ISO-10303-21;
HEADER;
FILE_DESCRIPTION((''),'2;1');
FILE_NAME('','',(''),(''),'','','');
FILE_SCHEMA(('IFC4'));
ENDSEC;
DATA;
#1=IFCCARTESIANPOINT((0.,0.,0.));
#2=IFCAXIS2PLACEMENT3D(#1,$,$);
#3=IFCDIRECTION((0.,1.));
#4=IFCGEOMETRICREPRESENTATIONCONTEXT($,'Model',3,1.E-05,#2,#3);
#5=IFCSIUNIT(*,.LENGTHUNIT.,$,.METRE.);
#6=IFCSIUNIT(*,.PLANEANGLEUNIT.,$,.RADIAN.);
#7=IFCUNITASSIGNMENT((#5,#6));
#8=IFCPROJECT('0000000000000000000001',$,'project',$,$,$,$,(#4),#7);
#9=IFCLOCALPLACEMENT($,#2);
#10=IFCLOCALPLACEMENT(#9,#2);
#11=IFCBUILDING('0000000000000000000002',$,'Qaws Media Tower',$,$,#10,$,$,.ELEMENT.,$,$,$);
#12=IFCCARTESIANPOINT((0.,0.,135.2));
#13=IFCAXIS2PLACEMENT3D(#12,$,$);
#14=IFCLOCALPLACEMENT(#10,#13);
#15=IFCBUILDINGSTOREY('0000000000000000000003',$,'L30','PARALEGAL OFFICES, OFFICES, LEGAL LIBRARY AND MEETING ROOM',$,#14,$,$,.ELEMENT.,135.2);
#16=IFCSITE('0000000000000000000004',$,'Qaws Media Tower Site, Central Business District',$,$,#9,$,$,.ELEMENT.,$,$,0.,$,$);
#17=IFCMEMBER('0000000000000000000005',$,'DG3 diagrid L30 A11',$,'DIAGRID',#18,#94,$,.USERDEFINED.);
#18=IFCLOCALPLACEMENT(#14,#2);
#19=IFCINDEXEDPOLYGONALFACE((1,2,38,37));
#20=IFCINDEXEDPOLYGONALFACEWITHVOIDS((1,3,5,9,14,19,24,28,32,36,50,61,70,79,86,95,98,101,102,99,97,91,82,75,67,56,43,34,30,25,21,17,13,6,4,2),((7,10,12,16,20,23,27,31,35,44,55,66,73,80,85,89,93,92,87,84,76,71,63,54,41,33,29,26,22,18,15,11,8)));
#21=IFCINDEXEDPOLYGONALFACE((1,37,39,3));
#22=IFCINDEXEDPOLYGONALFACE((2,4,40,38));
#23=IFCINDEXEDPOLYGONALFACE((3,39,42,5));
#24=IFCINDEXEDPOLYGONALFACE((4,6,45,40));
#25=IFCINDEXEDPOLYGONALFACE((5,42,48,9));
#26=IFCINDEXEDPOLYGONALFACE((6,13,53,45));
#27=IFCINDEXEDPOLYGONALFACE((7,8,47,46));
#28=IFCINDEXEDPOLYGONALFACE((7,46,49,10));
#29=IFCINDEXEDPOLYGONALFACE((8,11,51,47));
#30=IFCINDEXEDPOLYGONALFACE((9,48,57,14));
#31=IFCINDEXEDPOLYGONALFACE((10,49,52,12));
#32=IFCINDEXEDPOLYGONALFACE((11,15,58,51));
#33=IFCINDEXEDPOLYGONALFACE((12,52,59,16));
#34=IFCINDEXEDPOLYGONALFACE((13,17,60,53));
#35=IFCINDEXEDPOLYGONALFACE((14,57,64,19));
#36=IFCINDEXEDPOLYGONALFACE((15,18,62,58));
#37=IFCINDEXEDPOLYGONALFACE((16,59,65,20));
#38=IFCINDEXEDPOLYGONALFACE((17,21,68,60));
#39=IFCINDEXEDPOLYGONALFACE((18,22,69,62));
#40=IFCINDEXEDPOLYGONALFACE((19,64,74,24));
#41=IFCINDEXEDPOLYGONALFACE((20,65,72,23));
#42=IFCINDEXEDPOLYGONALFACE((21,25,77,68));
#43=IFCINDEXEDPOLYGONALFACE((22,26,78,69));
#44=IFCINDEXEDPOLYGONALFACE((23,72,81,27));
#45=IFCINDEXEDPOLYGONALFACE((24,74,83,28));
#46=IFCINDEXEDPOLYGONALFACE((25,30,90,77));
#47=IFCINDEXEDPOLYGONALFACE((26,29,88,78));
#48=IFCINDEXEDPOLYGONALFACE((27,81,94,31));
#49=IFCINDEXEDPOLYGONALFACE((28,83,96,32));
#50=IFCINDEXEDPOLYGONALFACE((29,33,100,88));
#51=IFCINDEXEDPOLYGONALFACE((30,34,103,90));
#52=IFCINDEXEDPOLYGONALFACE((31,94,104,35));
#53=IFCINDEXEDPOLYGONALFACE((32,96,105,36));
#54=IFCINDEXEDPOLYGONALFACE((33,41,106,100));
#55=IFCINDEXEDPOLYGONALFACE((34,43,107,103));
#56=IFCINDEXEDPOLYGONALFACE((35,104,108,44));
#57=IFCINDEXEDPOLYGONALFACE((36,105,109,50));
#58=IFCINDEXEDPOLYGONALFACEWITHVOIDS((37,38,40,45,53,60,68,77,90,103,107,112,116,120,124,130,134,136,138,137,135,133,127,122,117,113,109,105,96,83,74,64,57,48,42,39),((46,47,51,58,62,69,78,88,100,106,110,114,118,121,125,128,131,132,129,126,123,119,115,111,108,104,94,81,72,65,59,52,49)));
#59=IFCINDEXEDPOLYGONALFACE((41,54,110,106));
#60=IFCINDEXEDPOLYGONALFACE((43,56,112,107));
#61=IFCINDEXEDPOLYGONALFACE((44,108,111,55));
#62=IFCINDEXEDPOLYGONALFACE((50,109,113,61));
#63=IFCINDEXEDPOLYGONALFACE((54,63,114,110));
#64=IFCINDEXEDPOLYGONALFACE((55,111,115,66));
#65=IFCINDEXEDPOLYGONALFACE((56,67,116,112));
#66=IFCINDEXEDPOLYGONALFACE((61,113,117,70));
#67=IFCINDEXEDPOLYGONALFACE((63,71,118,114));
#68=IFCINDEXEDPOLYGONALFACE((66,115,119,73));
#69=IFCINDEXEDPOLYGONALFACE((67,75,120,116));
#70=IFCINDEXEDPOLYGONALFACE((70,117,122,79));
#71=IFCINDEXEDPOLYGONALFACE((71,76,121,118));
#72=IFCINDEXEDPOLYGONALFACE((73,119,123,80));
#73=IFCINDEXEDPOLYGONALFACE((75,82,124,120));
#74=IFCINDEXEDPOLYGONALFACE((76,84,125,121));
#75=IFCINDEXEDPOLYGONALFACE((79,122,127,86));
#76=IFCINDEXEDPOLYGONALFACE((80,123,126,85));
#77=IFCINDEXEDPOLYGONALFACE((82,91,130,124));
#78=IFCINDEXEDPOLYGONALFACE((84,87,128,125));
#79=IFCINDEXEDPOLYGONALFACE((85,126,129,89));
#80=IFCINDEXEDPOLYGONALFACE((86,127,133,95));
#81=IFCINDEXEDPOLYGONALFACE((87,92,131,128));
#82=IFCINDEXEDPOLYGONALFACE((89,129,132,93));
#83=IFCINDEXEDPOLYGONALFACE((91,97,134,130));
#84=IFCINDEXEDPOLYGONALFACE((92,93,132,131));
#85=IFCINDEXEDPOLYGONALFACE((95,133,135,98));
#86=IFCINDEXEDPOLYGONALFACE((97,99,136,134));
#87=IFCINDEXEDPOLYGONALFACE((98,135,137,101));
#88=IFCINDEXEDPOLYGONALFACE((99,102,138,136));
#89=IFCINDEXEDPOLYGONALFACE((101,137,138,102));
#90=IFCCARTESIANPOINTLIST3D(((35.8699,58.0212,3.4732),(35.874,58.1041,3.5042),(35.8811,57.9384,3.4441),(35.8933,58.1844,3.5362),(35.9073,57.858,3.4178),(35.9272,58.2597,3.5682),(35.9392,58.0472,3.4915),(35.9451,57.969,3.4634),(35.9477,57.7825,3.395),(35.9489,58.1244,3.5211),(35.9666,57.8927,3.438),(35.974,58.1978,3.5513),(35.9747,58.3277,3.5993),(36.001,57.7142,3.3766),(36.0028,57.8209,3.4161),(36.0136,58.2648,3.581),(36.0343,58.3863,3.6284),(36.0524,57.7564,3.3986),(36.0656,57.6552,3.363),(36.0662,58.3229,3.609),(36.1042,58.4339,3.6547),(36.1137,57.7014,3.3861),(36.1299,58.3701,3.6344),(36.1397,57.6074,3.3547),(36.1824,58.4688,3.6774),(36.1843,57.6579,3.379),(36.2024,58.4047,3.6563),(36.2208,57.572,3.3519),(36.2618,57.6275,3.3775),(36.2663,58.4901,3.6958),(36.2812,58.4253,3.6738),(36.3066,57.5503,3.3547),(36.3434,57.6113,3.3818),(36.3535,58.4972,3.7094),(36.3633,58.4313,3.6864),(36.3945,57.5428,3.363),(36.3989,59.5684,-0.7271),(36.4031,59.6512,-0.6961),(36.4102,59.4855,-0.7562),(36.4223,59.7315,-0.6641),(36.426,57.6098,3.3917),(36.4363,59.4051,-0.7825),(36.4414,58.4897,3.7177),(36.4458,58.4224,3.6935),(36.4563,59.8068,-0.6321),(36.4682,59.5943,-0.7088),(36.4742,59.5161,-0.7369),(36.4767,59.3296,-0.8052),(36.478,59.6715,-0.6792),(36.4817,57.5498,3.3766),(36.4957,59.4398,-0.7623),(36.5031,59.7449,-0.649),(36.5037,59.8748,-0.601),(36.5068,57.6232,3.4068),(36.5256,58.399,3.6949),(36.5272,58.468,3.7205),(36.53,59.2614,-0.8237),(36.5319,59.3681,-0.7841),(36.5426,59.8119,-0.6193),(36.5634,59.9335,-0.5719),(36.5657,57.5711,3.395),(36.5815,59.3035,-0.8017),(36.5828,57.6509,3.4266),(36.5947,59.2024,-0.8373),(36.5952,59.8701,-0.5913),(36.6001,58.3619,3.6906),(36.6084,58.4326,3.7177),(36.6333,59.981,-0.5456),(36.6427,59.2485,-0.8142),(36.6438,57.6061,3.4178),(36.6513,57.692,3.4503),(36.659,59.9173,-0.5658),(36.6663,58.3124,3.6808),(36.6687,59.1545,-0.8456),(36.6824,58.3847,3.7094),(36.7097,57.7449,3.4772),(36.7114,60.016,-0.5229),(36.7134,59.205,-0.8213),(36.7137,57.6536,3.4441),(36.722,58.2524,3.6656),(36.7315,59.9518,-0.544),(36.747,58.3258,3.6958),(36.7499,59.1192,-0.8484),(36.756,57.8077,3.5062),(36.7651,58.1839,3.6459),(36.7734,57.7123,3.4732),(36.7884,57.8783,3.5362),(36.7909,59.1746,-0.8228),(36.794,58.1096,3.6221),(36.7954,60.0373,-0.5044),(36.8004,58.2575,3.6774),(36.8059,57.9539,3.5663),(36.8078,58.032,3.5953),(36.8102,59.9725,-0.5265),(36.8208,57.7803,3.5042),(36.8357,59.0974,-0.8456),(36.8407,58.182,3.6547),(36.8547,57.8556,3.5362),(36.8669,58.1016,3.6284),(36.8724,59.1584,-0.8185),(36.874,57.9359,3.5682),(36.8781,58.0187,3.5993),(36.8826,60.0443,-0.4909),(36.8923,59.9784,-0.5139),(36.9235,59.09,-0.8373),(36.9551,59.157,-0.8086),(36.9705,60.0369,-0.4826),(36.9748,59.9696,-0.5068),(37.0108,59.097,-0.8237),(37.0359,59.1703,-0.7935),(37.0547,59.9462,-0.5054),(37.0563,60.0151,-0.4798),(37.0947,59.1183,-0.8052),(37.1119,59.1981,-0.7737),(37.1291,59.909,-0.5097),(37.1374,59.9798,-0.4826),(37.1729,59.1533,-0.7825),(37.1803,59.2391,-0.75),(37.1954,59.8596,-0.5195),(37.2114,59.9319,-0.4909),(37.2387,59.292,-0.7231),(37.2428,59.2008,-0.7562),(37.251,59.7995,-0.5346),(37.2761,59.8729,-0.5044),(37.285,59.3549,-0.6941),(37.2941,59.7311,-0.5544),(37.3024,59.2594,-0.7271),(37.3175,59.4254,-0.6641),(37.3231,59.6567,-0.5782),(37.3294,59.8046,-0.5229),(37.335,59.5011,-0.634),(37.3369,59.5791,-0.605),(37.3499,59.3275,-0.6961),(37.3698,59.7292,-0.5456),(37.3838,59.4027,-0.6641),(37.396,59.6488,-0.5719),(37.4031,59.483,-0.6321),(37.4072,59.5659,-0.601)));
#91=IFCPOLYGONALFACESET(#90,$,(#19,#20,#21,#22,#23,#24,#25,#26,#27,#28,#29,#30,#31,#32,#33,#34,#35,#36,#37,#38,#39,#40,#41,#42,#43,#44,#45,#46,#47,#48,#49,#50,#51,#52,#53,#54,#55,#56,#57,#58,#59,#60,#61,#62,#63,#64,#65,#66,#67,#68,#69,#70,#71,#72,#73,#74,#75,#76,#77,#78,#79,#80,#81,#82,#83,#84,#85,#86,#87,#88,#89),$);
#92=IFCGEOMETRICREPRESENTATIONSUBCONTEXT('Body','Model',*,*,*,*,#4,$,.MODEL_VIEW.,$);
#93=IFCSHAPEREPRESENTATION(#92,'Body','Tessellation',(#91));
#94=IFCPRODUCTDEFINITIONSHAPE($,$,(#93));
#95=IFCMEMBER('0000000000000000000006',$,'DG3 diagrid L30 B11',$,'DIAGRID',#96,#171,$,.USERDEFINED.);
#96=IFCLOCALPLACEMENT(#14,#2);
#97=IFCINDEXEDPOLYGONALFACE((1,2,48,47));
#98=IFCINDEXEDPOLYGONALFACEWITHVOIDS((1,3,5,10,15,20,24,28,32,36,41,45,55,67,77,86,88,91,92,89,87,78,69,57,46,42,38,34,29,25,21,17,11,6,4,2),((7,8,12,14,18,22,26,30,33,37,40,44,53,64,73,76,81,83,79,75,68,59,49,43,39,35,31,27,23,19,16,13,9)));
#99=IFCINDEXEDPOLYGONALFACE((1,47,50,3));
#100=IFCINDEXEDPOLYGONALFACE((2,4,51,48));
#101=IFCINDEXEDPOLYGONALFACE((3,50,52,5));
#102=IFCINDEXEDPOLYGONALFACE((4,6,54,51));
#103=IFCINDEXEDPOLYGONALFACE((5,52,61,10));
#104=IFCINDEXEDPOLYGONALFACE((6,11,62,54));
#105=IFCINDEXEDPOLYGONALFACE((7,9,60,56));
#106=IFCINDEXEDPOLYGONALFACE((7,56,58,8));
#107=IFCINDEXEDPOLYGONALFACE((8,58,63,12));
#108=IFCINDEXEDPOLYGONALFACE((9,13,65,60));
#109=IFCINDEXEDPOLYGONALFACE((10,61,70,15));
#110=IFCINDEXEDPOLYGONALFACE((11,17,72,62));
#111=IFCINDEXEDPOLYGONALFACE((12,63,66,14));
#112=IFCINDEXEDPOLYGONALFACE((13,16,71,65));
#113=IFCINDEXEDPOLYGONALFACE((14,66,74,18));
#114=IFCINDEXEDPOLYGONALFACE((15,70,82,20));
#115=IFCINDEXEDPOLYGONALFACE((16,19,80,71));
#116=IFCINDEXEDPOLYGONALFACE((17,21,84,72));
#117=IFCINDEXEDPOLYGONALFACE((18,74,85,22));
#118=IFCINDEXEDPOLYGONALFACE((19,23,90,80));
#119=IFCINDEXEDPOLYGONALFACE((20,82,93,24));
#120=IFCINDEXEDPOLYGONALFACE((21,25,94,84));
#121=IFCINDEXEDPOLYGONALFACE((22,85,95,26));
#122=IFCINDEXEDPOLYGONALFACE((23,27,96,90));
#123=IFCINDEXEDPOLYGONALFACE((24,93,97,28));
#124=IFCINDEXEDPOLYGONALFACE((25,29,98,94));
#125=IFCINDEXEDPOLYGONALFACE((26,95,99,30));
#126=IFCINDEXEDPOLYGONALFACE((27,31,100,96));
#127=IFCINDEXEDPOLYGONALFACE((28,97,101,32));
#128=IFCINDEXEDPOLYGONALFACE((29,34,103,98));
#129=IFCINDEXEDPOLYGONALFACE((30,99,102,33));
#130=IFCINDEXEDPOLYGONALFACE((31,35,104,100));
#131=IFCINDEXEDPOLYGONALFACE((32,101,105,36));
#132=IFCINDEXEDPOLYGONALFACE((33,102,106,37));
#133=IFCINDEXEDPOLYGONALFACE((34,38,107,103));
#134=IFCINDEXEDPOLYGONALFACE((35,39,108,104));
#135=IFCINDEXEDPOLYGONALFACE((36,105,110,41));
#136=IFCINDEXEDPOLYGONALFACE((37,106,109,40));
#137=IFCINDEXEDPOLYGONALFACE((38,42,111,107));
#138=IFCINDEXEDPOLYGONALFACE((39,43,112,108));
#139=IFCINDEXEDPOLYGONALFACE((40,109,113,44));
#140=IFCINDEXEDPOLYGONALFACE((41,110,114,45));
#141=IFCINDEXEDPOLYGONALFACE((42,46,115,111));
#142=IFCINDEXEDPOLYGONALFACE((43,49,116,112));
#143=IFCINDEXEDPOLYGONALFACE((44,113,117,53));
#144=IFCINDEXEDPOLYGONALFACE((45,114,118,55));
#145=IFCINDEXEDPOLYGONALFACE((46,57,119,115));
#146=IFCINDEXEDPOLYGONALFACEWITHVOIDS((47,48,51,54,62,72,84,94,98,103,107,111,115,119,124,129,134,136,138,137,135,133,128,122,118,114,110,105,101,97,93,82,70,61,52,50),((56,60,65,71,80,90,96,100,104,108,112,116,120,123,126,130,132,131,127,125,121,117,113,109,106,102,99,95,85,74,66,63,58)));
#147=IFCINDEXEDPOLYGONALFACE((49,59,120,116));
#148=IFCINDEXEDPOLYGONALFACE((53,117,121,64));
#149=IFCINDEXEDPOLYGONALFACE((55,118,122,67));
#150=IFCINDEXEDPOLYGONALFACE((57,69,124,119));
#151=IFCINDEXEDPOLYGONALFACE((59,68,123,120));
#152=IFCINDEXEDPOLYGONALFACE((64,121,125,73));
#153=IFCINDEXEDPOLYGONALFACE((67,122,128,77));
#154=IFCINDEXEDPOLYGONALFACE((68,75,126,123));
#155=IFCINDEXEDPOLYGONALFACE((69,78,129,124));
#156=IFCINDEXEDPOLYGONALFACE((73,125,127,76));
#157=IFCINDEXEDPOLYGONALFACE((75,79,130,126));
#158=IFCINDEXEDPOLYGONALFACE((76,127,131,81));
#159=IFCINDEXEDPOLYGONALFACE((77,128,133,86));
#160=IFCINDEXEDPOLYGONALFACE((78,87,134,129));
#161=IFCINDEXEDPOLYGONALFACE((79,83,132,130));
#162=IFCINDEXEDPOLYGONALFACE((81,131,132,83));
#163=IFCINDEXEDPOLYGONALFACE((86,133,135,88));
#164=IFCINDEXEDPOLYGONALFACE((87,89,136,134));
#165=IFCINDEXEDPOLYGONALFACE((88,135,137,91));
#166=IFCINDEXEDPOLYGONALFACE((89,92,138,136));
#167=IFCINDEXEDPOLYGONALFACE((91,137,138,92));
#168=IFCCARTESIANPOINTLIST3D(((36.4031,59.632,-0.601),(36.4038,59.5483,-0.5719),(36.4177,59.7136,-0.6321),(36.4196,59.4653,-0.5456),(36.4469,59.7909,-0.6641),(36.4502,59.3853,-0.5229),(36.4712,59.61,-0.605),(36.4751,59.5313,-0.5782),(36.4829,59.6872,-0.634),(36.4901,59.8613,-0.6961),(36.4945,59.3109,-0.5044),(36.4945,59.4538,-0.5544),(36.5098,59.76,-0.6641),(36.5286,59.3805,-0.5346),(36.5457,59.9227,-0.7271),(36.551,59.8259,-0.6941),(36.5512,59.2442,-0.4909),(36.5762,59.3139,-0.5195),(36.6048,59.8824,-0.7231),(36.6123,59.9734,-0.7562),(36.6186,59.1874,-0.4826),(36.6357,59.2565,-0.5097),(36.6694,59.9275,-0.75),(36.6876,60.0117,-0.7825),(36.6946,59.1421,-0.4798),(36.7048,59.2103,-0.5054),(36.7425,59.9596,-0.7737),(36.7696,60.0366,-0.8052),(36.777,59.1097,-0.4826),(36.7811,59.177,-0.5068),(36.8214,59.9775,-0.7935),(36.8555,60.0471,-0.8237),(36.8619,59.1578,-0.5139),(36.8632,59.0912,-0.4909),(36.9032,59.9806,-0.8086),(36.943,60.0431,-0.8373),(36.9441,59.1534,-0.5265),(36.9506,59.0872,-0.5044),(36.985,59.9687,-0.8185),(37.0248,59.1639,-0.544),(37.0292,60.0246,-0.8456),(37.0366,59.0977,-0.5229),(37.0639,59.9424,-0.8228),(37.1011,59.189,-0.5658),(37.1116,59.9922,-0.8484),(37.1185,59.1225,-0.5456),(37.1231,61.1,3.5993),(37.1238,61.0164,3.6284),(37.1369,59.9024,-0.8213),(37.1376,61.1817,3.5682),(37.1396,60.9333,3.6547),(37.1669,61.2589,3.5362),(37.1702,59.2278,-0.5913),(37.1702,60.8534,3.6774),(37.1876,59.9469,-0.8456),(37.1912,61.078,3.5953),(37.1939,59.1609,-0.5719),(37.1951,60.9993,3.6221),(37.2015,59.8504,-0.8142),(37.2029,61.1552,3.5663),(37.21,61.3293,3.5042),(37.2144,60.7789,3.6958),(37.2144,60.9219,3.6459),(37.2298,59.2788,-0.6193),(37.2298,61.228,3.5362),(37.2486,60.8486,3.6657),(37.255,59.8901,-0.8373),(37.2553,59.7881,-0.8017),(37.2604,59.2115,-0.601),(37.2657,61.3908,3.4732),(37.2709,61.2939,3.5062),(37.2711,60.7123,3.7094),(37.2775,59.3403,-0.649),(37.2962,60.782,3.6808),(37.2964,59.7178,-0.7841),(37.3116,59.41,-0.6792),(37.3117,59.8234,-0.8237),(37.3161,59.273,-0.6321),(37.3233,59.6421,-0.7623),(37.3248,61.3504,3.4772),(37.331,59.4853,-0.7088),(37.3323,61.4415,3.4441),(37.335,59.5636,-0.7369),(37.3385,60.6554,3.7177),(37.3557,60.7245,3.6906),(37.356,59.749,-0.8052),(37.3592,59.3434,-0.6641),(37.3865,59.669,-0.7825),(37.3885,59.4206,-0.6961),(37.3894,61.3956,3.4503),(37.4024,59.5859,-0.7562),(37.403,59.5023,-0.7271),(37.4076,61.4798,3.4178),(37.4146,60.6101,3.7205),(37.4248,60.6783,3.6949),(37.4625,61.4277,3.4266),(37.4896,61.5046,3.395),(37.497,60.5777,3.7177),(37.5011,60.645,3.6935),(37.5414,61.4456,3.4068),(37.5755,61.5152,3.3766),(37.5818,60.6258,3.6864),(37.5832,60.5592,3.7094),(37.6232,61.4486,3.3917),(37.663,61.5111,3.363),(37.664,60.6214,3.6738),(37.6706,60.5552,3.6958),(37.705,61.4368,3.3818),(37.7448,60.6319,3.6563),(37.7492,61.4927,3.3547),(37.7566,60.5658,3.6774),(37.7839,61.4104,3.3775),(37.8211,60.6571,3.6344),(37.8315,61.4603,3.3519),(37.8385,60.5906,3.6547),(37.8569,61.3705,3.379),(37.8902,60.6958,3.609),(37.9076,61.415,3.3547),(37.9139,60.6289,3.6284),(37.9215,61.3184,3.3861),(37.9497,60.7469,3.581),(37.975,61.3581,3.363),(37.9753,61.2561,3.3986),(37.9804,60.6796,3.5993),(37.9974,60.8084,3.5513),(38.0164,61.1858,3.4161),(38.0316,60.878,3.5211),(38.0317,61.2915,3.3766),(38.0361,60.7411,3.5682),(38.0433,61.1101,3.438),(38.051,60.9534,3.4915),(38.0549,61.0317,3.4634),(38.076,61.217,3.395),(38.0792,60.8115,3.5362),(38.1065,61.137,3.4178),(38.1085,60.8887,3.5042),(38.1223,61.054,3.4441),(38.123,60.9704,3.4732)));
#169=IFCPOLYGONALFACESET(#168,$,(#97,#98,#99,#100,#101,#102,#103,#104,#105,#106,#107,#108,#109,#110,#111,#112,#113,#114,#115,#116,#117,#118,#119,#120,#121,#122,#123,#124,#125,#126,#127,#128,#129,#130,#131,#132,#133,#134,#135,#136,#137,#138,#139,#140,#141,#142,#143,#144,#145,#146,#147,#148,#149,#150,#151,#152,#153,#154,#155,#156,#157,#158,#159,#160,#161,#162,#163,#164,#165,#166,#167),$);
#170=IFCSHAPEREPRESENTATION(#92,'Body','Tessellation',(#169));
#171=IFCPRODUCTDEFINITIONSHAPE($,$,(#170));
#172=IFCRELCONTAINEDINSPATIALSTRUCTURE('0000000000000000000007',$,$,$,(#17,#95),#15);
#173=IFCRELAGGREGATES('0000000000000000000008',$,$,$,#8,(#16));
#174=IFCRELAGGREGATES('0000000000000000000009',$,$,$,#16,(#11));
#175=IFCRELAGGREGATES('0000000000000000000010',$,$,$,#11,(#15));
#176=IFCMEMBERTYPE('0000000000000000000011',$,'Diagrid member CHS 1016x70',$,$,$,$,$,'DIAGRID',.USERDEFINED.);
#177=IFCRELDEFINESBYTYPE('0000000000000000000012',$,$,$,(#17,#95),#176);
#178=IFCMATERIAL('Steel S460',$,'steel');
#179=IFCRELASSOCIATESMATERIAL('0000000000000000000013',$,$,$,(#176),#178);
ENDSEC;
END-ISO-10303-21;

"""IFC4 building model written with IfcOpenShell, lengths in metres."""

from ifc_helpers import new_model, si_unit, direction, frame, origin, origin_2d, place, context, subcontext, project, spatial, hollow_circle, extrude, material, material_profile, profile_set, type_object, element, save


model = new_model("IFC4")

# Units and contexts
model_context = context("Model", 3, precision=1e-05, world=origin(), true_north=direction((0.0, 1.0)))
body_context = subcontext(model_context, "Body", "Model", "MODEL_VIEW")
ifc_project = project(units=[si_unit("LENGTHUNIT", "METRE"), si_unit("PLANEANGLEUNIT", "RADIAN")], contexts=[model_context])

# Site, building, storey
site_placement = place(None, origin())
site = spatial("IfcSite", under=ifc_project, at=site_placement, Name="Qaws Media Tower Site, Central Business District", CompositionType="ELEMENT", RefElevation=0.0)
building_placement = place(site_placement, origin())
building = spatial("IfcBuilding", under=site, at=building_placement, Name="Qaws Media Tower", CompositionType="ELEMENT")
storey_placement = place(building_placement, frame((0.0, 0.0, 135.2)))
storey = spatial("IfcBuildingStorey", under=building, at=storey_placement, Name="L30", Description="PARALEGAL OFFICES, OFFICES, LEGAL LIBRARY AND MEETING ROOM", CompositionType="ELEMENT", Elevation=135.2)

# Members
ifc_material_1 = material(Name="Steel S460", Category="steel")
ifc_material_profile_1 = material_profile(ifc_material_1, hollow_circle(Radius=0.5081, WallThickness=0.0701, at=origin_2d()), Name="CHS 1016x70")
ifc_profile_set_1 = profile_set([ifc_material_profile_1], Name="Steel S460")
member_type_1 = type_object("IfcMemberType", Name="Diagrid member CHS 1016x70", ElementType="DIAGRID", PredefinedType="USERDEFINED", material=ifc_profile_set_1)
for number, where, z_axis, x_axis, name in (
    (1, (36.9031, 59.5671, -0.6641), (-0.117379, -0.343253, 0.93188), (0.946206, -0.323565, 0.0), "DG3 diagrid L30 A11"),
    (2, (36.9031, 59.5671, -0.6641), (0.159737, 0.325703, 0.931881), (-0.897835, 0.440332, 0.0), "DG3 diagrid L30 B11"),
):
    element("IfcMember", number, at=place(storey_placement, frame(where, z_axis=z_axis, x_axis=x_axis)), inside=storey, type_object=member_type_1, Name=name, ObjectType="DIAGRID", PredefinedType="USERDEFINED", context=body_context, shape_type="SweptSolid", body=[
        extrude(hollow_circle(Radius=0.5081, WallThickness=0.0701, at=origin_2d()), origin(), (0.0, 0.0, 1.0), 4.5073),
    ])

save(model, "model.ifc")
